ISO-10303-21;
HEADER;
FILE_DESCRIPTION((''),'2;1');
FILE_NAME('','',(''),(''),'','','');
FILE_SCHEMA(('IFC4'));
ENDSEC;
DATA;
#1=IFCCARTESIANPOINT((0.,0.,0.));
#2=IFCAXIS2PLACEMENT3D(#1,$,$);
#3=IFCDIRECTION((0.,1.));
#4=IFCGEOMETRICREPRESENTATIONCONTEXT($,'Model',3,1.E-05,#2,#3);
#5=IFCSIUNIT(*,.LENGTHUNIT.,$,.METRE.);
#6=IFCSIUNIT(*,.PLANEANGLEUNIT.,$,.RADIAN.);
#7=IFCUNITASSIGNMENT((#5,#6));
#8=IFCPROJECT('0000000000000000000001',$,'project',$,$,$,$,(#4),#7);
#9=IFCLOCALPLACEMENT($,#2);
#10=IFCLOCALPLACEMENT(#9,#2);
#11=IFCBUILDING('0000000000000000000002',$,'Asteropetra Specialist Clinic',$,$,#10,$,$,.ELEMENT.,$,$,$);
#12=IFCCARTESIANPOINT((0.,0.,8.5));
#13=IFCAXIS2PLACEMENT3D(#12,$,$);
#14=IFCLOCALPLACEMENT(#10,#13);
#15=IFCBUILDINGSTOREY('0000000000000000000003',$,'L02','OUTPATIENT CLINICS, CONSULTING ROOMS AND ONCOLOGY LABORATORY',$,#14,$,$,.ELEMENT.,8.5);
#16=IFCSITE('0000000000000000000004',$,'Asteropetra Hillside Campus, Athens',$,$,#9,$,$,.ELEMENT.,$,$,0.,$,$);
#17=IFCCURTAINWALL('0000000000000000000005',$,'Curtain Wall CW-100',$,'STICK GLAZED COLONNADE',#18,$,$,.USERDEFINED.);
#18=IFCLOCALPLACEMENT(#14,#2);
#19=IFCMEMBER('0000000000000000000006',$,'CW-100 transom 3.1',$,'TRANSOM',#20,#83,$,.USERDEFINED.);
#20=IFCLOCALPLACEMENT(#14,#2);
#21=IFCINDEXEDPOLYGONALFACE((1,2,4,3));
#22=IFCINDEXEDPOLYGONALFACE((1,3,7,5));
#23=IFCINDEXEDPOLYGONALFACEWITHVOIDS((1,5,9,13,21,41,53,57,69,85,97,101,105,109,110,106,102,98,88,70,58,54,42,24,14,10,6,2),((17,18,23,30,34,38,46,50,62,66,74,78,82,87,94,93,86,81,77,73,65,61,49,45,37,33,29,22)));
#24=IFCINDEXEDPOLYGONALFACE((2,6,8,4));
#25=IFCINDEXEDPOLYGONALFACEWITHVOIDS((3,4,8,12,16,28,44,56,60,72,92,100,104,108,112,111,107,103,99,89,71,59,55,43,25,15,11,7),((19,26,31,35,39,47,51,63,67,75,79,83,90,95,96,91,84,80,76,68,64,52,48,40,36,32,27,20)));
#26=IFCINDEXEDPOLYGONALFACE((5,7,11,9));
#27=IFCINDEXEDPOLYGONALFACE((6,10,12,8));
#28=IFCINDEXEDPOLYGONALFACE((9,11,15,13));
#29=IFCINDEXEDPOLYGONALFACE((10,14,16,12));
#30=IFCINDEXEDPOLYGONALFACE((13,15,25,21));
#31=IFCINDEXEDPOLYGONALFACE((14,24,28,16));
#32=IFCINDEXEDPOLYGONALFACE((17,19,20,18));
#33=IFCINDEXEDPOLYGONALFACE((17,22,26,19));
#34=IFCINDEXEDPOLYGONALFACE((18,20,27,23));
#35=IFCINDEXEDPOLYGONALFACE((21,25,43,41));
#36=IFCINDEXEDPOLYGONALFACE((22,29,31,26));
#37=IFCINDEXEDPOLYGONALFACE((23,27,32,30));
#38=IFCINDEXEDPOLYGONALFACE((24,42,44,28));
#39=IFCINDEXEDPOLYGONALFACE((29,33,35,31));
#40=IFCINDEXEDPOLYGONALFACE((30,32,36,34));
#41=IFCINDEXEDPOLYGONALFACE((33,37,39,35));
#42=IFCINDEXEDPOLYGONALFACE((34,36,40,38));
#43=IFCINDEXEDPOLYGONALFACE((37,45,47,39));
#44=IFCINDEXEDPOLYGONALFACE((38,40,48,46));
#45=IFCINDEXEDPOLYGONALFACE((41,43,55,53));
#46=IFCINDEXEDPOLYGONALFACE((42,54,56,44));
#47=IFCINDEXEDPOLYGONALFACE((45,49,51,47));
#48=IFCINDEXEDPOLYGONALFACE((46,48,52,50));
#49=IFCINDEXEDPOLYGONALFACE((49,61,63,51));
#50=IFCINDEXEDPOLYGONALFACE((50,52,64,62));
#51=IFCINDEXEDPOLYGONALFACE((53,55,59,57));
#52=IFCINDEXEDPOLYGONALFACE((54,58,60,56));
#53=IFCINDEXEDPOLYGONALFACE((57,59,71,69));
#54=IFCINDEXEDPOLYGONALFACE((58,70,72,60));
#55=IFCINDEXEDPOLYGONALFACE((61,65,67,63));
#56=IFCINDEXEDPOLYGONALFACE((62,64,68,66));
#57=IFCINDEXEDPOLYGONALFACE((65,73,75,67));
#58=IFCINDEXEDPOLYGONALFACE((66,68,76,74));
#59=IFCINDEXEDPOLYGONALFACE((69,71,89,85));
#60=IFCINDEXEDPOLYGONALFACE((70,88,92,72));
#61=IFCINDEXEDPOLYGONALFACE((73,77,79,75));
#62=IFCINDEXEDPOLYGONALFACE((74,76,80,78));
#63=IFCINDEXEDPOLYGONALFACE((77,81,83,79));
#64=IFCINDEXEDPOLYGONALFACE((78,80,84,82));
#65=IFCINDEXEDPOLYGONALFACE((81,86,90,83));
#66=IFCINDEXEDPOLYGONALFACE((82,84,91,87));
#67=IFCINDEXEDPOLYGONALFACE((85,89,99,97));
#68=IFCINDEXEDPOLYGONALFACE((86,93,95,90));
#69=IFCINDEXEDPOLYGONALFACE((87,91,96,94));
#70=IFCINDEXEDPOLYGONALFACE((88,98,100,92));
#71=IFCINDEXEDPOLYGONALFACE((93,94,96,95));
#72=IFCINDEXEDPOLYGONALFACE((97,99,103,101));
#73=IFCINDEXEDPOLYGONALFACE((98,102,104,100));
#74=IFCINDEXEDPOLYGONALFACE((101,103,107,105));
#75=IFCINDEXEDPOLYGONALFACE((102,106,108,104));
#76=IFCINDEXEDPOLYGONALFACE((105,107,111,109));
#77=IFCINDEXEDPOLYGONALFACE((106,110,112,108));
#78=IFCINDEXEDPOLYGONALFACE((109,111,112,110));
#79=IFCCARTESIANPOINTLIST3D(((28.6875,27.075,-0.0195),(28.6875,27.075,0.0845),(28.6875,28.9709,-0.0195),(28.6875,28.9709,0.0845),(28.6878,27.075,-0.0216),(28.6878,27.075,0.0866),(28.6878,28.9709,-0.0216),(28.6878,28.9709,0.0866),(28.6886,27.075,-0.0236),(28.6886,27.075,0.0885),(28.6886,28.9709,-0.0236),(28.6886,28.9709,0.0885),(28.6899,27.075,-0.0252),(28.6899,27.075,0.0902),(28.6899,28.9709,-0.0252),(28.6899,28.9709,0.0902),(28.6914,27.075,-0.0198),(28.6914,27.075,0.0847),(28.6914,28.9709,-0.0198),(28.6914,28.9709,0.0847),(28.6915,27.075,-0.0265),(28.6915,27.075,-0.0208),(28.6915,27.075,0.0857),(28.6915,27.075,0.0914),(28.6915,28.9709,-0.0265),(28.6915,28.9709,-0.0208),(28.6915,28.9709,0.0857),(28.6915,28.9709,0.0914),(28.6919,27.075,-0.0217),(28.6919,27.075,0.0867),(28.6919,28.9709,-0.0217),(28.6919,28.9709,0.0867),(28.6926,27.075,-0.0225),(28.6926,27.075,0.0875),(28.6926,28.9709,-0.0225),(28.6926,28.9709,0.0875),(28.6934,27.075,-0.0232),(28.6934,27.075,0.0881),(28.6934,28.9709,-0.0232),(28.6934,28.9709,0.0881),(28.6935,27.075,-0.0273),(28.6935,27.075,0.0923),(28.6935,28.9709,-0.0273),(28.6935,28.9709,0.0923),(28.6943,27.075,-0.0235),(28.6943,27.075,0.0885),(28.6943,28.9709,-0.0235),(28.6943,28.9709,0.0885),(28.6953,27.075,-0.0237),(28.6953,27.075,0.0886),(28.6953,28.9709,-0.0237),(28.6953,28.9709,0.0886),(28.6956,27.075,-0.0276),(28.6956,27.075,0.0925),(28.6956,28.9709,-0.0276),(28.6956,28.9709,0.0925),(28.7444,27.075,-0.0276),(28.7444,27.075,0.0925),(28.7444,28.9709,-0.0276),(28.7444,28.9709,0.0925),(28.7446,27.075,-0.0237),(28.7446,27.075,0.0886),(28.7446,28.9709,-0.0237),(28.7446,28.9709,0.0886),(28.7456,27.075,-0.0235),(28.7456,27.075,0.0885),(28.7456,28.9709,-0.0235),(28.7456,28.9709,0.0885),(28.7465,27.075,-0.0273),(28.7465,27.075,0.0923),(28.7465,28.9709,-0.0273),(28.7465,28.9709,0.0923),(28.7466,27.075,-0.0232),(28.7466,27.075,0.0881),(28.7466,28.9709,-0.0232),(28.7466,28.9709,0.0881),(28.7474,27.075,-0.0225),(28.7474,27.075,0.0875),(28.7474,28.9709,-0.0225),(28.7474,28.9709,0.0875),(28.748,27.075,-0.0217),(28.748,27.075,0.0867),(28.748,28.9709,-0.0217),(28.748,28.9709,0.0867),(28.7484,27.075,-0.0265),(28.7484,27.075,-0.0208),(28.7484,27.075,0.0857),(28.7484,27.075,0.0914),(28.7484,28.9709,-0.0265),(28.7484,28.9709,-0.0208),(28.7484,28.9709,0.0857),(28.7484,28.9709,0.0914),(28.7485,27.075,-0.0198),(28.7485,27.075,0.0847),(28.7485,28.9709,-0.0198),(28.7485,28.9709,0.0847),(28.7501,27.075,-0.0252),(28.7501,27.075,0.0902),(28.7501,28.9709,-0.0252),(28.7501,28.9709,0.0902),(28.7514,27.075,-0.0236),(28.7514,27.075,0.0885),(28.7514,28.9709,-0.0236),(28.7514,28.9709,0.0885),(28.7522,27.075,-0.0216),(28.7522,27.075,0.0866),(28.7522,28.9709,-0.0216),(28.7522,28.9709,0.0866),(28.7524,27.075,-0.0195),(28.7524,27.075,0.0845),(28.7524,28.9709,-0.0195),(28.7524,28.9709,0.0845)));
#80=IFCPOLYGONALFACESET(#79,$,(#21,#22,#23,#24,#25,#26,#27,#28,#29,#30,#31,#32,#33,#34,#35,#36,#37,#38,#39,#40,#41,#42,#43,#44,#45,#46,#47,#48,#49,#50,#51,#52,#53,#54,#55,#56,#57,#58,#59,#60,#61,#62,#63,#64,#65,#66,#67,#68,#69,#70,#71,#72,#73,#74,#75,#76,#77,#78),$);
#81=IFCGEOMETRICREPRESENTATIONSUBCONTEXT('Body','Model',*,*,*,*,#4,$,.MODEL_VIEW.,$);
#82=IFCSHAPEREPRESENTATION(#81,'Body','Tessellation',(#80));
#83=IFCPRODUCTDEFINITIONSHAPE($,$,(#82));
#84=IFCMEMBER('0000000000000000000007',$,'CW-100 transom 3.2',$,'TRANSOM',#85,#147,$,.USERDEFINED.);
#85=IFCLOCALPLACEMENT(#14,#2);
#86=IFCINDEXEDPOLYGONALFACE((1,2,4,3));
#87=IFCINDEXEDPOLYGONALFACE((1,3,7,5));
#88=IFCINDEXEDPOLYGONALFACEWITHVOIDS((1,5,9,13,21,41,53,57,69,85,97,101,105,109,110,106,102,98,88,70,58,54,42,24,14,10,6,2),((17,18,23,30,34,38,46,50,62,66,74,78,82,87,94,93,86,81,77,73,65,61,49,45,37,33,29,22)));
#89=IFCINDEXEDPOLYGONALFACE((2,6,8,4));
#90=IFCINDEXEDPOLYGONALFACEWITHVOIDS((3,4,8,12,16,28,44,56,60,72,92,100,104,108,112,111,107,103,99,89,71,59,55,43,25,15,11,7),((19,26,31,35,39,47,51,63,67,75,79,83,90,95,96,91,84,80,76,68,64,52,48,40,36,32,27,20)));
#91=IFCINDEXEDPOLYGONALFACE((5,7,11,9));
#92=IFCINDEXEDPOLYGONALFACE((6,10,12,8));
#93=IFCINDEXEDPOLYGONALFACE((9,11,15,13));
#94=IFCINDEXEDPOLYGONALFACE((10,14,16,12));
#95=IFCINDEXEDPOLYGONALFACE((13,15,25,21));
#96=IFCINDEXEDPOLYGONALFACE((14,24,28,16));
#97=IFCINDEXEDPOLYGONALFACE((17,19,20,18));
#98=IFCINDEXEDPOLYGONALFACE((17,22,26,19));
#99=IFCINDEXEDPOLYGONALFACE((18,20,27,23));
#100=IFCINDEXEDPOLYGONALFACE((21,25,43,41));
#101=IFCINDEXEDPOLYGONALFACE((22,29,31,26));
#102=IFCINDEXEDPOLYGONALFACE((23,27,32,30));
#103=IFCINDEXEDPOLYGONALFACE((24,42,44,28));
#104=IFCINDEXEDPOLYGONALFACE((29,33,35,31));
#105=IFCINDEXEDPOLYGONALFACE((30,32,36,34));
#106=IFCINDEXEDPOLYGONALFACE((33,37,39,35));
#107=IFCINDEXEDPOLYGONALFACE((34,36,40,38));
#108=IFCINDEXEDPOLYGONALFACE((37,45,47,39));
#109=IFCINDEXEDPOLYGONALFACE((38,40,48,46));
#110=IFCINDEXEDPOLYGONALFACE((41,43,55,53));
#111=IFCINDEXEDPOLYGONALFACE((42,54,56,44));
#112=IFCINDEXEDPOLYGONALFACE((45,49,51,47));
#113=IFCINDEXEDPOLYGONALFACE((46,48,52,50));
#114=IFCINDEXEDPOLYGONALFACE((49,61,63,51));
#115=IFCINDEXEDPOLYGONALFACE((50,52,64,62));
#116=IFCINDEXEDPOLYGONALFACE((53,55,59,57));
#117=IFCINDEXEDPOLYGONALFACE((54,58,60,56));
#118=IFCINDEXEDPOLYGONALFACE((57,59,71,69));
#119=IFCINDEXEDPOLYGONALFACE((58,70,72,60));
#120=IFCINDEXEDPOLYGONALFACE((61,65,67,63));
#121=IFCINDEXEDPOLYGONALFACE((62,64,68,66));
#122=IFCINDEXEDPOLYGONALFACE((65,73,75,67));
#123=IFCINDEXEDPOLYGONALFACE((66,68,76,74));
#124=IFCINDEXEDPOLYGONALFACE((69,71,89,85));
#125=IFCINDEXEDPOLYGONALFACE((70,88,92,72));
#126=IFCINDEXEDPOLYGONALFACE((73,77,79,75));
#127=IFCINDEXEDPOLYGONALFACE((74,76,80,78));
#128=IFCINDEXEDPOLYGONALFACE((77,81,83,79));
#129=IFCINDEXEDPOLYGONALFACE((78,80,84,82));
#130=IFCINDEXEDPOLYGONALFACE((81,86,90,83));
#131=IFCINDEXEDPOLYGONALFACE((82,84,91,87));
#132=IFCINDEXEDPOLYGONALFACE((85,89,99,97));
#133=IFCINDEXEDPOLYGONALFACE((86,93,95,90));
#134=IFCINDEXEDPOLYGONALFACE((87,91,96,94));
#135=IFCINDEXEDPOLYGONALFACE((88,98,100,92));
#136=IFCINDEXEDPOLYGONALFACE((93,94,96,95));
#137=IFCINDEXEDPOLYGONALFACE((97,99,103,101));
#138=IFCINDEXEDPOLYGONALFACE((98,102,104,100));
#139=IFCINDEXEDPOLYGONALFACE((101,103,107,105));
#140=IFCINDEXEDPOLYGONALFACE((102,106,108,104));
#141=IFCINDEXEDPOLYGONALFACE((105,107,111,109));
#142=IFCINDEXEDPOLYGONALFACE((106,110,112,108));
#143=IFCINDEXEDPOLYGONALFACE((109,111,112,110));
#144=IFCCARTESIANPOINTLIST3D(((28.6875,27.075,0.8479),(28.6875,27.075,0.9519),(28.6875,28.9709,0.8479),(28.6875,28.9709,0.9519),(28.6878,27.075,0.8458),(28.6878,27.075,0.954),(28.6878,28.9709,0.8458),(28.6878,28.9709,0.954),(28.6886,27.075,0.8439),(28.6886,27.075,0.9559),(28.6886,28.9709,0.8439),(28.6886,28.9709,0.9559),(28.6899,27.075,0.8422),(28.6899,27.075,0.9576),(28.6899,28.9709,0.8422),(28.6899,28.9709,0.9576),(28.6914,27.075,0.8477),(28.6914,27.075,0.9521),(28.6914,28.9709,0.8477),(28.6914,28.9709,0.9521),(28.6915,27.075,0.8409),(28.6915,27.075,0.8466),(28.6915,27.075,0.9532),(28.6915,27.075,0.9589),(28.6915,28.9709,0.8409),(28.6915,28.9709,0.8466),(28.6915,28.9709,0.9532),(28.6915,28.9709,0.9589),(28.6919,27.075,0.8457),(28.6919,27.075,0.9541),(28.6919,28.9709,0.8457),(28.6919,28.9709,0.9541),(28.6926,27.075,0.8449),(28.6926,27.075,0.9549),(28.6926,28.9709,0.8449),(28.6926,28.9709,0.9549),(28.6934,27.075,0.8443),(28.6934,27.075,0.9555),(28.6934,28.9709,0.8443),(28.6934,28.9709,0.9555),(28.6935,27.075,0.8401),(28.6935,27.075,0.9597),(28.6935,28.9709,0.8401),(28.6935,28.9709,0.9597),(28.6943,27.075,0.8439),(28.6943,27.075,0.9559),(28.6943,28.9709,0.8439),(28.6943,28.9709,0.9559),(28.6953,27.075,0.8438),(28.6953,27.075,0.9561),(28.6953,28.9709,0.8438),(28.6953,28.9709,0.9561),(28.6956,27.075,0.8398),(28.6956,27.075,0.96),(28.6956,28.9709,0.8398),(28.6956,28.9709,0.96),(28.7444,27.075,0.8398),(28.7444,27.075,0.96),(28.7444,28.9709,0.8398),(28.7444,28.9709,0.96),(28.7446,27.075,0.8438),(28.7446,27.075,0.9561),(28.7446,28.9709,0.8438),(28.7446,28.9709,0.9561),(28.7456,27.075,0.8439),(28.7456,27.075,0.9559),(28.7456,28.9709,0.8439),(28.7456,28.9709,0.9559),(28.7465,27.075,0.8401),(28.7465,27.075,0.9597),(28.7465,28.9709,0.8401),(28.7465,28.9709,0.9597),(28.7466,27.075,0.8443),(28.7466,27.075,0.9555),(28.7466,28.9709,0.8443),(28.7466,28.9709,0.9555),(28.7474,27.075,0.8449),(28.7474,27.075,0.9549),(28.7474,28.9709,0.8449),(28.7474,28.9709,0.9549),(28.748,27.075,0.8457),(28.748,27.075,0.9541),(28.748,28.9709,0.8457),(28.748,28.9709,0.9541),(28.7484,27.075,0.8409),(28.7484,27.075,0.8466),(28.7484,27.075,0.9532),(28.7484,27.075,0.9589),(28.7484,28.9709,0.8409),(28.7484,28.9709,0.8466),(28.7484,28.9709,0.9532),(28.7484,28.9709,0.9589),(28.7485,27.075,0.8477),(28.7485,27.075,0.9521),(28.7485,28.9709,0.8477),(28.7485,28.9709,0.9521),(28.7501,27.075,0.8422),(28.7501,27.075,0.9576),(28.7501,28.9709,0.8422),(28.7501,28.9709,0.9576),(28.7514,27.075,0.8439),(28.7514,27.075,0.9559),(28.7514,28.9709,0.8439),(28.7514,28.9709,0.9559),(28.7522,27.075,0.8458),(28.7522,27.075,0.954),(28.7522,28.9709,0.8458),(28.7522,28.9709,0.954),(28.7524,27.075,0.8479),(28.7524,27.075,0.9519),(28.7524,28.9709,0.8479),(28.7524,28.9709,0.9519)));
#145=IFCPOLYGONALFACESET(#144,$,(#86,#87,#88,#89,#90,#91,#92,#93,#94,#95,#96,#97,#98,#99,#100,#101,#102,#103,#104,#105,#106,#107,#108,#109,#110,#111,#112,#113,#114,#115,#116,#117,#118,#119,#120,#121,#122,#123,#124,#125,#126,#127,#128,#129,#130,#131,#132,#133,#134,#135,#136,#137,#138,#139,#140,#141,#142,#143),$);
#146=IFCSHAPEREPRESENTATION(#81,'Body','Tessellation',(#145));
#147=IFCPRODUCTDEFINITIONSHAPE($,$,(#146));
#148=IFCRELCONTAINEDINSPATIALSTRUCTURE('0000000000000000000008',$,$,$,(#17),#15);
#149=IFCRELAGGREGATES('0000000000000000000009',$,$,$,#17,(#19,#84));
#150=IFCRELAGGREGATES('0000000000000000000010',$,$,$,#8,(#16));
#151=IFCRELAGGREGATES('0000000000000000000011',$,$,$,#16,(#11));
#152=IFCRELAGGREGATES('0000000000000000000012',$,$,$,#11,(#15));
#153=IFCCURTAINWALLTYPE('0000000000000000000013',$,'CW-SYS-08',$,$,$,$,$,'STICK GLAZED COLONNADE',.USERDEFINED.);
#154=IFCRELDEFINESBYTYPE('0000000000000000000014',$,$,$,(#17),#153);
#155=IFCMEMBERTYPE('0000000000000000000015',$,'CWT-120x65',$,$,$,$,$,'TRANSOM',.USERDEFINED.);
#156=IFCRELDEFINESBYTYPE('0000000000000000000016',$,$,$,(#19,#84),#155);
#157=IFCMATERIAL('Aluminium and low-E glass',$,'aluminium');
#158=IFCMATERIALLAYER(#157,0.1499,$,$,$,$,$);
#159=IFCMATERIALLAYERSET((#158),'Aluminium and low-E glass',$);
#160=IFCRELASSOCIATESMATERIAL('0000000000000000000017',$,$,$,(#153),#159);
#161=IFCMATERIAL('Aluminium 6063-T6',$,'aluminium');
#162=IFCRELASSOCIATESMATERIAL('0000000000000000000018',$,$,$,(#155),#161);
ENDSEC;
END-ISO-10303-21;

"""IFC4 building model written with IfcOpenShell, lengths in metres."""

from ifc_helpers import new_model, si_unit, direction, frame, origin, origin_2d, place, context, subcontext, project, spatial, hollow_rectangle, extrude, material, layer, layer_set, material_profile, profile_set, type_object, element, aggregate, save


model = new_model("IFC4")

# Units and contexts
model_context = context("Model", 3, precision=1e-05, world=origin(), true_north=direction((0.0, 1.0)))
body_context = subcontext(model_context, "Body", "Model", "MODEL_VIEW")
ifc_project = project(units=[si_unit("LENGTHUNIT", "METRE"), si_unit("PLANEANGLEUNIT", "RADIAN")], contexts=[model_context])

# Site, building, storey
site_placement = place(None, origin())
site = spatial("IfcSite", under=ifc_project, at=site_placement, Name="Asteropetra Hillside Campus, Athens", CompositionType="ELEMENT", RefElevation=0.0)
building_placement = place(site_placement, origin())
building = spatial("IfcBuilding", under=site, at=building_placement, Name="Asteropetra Specialist Clinic", CompositionType="ELEMENT")
storey_placement = place(building_placement, frame((0.0, 0.0, 8.5)))
storey = spatial("IfcBuildingStorey", under=building, at=storey_placement, Name="L02", Description="OUTPATIENT CLINICS, CONSULTING ROOMS AND ONCOLOGY LABORATORY", CompositionType="ELEMENT", Elevation=8.5)

# Curtain wall, members
ifc_material_1 = material(Name="Aluminium and low-E glass", Category="aluminium")
ifc_layer_1 = layer(ifc_material_1, 0.1499)
ifc_layer_set_1 = layer_set([ifc_layer_1], Name="Aluminium and low-E glass")
curtain_wall_type = type_object("IfcCurtainWallType", Name="CW-SYS-08", ElementType="STICK GLAZED COLONNADE", PredefinedType="USERDEFINED", material=ifc_layer_set_1)
curtain_wall_placement = place(storey_placement, origin())
curtain_wall = element("IfcCurtainWall", 1, at=curtain_wall_placement, inside=storey, type_object=curtain_wall_type, Name="Curtain Wall CW-100", ObjectType="STICK GLAZED COLONNADE", PredefinedType="USERDEFINED")
ifc_material_2 = material(Name="Aluminium 6063-T6", Category="aluminium")
ifc_material_profile_1 = material_profile(ifc_material_2, hollow_rectangle(XDim=0.0649, YDim=0.1201, WallThickness=0.0039, InnerFilletRadius=0.0039, OuterFilletRadius=0.0081, at=origin_2d()), Name="TRN 120x65x4.0")
ifc_profile_set_1 = profile_set([ifc_material_profile_1], Name="Aluminium 6063-T6")
member_type_1 = type_object("IfcMemberType", Name="CWT-120x65", ElementType="TRANSOM", PredefinedType="USERDEFINED", material=ifc_profile_set_1)
member_1_placement = place(storey_placement, frame((28.72, 28.9709, 0.0325), z_axis=(0.0, -1.0, 0.0), x_axis=(1.0, 0.0, 0.0)))
member_1 = element("IfcMember", 2, at=member_1_placement, type_object=member_type_1, Name="CW-100 transom 3.1", ObjectType="TRANSOM", PredefinedType="USERDEFINED", context=body_context, shape_type="SweptSolid", body=[
    extrude(hollow_rectangle(XDim=0.0649, YDim=0.1201, WallThickness=0.0039, InnerFilletRadius=0.0039, OuterFilletRadius=0.0081, at=origin_2d()), origin(), (0.0, 0.0, 1.0), 1.896),
])
member_2_placement = place(storey_placement, frame((28.72, 28.9709, 0.8999), z_axis=(0.0, -1.0, 0.0), x_axis=(1.0, 0.0, 0.0)))
member_2 = element("IfcMember", 3, at=member_2_placement, type_object=member_type_1, Name="CW-100 transom 3.2", ObjectType="TRANSOM", PredefinedType="USERDEFINED", context=body_context, shape_type="SweptSolid", body=[
    extrude(hollow_rectangle(XDim=0.0649, YDim=0.1201, WallThickness=0.0039, InnerFilletRadius=0.0039, OuterFilletRadius=0.0081, at=origin_2d()), origin(), (0.0, 0.0, 1.0), 1.896),
])

aggregate(curtain_wall, [member_1, member_2])

save(model, "model.ifc")
